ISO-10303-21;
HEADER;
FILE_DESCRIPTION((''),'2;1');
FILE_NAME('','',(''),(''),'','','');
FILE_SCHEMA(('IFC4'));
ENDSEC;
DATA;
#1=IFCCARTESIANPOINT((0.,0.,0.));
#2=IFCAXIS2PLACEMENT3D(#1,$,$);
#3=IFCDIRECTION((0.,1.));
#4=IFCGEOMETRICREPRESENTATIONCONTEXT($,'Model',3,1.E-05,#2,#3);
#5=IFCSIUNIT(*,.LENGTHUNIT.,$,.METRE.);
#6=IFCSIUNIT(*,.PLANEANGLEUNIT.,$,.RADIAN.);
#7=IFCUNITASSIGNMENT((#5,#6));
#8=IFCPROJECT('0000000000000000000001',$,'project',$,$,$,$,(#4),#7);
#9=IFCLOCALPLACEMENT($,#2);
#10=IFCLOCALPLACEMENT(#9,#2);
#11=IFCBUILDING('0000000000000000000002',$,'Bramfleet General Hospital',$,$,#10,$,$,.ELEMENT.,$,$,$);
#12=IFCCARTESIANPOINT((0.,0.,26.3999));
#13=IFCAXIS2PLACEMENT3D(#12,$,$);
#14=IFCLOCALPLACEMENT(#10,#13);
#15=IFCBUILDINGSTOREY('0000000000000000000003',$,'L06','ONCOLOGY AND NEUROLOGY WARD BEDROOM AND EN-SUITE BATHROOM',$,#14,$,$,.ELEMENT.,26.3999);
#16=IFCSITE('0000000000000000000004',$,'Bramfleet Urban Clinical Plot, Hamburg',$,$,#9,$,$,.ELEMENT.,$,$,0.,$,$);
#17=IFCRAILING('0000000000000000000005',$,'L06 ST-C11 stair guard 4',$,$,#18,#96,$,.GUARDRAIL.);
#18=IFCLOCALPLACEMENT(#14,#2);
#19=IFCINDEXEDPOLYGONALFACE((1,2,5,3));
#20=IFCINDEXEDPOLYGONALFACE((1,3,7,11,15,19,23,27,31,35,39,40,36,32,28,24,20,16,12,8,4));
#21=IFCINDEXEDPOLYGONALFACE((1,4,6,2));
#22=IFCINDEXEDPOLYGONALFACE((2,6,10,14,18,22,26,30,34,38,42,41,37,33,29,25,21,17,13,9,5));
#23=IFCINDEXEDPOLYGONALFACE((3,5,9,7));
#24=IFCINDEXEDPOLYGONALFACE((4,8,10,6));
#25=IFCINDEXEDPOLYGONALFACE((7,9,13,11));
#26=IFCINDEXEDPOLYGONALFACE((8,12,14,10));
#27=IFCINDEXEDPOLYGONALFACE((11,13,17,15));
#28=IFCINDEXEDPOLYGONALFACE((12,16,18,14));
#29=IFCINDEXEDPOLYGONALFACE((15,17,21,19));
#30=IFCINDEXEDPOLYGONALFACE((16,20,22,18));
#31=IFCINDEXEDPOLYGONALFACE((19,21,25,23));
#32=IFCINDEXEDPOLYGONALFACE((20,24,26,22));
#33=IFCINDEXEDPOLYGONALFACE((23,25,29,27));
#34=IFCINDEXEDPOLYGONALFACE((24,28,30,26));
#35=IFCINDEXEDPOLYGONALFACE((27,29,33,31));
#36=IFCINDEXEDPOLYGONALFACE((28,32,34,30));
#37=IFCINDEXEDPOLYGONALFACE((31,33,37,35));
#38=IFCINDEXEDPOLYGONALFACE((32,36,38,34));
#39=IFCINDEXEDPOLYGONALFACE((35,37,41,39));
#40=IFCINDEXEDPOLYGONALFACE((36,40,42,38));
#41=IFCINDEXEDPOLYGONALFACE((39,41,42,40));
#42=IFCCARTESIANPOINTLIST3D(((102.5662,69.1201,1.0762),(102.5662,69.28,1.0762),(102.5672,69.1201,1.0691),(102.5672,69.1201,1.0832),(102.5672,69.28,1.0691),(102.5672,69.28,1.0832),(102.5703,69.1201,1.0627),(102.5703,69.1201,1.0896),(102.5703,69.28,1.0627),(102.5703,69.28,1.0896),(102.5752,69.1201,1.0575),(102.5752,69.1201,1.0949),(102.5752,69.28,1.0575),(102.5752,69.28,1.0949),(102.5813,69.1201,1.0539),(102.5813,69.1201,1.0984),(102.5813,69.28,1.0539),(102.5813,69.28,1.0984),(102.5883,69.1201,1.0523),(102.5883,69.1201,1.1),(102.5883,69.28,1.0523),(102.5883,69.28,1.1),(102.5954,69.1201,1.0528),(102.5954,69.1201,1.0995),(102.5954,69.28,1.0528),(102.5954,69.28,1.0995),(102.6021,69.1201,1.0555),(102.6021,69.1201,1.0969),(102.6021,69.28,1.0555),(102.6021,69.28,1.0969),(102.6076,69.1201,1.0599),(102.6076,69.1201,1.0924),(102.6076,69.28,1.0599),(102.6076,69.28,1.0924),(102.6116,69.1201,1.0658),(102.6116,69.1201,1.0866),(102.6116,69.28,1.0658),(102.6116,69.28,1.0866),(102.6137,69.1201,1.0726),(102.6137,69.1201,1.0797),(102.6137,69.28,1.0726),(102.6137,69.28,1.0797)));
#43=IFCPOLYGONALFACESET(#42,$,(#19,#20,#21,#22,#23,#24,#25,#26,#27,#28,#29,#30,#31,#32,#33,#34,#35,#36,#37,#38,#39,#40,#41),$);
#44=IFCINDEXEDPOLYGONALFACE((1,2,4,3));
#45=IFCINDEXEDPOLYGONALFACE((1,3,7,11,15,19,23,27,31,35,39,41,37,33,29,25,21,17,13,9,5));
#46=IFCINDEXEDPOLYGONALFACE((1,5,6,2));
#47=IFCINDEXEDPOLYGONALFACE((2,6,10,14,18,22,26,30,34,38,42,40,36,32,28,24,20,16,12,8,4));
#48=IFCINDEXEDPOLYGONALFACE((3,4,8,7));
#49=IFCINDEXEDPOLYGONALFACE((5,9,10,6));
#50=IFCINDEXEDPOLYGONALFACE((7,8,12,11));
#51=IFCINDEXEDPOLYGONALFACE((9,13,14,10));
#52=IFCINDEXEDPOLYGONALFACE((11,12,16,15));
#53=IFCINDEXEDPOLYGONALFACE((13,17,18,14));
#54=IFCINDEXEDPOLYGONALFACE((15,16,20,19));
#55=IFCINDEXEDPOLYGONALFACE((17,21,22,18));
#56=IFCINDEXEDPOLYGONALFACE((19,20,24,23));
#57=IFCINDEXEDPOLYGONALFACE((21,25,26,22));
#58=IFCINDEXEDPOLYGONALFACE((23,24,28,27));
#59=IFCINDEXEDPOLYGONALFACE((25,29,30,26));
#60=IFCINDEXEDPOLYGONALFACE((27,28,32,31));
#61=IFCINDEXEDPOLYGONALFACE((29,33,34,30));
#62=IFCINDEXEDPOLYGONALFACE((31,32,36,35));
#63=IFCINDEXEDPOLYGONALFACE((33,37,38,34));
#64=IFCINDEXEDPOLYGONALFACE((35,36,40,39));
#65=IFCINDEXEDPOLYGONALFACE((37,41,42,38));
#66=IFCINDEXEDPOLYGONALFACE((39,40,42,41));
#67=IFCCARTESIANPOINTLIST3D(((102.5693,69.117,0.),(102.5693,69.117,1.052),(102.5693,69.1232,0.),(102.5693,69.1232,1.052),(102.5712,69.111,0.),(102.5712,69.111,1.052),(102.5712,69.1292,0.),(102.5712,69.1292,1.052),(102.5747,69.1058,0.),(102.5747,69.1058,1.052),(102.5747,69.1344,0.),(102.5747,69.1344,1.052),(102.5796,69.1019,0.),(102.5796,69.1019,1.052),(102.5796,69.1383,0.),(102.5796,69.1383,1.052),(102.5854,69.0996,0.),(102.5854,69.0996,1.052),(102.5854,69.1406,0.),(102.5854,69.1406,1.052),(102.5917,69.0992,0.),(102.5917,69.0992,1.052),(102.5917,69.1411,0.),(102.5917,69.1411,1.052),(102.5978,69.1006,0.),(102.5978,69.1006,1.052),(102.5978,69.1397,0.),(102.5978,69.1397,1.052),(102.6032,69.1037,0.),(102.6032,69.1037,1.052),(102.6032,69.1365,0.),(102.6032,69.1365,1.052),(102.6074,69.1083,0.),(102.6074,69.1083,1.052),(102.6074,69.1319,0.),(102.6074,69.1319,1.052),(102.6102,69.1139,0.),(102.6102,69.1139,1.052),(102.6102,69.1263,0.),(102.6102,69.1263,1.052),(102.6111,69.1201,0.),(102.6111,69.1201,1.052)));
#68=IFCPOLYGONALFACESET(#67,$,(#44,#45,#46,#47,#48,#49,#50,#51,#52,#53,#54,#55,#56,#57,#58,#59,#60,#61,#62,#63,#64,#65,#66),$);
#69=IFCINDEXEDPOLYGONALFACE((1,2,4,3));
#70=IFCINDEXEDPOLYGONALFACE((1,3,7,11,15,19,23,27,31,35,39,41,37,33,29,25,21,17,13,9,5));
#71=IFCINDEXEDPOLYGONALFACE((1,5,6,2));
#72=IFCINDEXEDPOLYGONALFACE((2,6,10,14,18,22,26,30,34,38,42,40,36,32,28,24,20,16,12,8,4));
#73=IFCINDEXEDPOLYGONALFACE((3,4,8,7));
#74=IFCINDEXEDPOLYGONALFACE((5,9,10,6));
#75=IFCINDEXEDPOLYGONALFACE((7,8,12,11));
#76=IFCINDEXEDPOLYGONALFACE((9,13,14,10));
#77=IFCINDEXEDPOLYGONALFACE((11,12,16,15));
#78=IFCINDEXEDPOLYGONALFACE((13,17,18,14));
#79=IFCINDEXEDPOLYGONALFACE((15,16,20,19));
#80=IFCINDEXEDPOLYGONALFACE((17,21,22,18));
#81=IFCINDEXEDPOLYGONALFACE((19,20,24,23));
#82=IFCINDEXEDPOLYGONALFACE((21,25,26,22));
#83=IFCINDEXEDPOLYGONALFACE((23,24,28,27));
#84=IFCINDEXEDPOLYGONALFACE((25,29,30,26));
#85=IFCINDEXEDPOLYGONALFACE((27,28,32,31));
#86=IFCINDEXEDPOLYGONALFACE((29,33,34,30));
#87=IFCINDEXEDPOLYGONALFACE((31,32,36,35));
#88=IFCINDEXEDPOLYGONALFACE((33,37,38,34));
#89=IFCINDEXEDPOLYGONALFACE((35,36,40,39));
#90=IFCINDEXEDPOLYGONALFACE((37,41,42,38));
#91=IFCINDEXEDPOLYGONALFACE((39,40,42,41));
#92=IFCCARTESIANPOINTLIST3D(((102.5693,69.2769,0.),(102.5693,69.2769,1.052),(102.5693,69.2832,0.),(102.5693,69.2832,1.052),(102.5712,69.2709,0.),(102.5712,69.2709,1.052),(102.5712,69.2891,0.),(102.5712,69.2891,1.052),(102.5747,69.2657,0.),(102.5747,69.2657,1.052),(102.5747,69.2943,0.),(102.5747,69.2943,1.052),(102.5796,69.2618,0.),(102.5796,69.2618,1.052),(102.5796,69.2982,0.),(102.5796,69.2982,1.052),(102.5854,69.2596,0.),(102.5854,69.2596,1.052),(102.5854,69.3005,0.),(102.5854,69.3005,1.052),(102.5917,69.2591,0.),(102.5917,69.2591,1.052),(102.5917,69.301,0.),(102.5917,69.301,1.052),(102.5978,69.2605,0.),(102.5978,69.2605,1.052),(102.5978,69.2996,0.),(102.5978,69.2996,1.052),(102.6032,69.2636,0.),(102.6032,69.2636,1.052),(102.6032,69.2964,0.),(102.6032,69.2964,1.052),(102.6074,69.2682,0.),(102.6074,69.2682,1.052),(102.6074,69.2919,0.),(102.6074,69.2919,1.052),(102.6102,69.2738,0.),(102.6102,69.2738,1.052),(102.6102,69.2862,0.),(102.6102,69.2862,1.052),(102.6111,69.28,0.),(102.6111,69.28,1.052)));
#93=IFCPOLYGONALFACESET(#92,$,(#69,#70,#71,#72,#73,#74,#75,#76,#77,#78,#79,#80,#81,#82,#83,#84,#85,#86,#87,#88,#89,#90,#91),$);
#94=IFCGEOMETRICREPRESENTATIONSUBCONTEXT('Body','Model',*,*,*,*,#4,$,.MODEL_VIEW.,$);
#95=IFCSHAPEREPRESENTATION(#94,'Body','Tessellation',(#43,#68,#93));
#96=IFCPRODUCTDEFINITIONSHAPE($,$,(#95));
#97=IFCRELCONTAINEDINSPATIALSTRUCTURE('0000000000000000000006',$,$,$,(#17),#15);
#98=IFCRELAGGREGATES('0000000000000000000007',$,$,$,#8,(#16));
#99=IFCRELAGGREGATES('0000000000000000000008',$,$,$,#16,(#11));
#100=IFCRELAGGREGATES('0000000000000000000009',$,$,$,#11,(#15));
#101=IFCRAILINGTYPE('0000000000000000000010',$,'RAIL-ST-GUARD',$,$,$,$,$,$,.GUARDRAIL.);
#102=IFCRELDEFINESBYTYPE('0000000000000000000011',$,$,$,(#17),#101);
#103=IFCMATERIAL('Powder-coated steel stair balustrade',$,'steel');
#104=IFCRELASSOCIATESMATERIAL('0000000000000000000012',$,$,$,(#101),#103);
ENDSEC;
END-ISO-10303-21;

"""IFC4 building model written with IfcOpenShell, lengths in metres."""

from ifc_helpers import new_model, si_unit, direction, frame, origin, origin_2d, place, context, subcontext, project, spatial, circle, extrude, material, type_object, element, save


model = new_model("IFC4")

# Units and contexts
model_context = context("Model", 3, precision=1e-05, world=origin(), true_north=direction((0.0, 1.0)))
body_context = subcontext(model_context, "Body", "Model", "MODEL_VIEW")
ifc_project = project(units=[si_unit("LENGTHUNIT", "METRE"), si_unit("PLANEANGLEUNIT", "RADIAN")], contexts=[model_context])

# Site, building, storey
site_placement = place(None, origin())
site = spatial("IfcSite", under=ifc_project, at=site_placement, Name="Bramfleet Urban Clinical Plot, Hamburg", CompositionType="ELEMENT", RefElevation=0.0)
building_placement = place(site_placement, origin())
building = spatial("IfcBuilding", under=site, at=building_placement, Name="Bramfleet General Hospital", CompositionType="ELEMENT")
storey_placement = place(building_placement, frame((0.0, 0.0, 26.3999)))
storey = spatial("IfcBuildingStorey", under=building, at=storey_placement, Name="L06", Description="ONCOLOGY AND NEUROLOGY WARD BEDROOM AND EN-SUITE BATHROOM", CompositionType="ELEMENT", Elevation=26.3999)

# Railing
ifc_material_1 = material(Name="Powder-coated steel stair balustrade", Category="steel")
railing_type_1 = type_object("IfcRailingType", Name="RAIL-ST-GUARD", PredefinedType="GUARDRAIL", material=ifc_material_1)
railing_1_placement = place(storey_placement, frame((102.5901, 69.1201, 0.0)))
element("IfcRailing", 1, at=railing_1_placement, inside=storey, type_object=railing_type_1, Name="L06 ST-C11 stair guard 4", PredefinedType="GUARDRAIL", context=body_context, shape_type="SweptSolid", body=[
    extrude(circle(Radius=0.0239, at=origin_2d()), frame((0.0, 0.0, 1.0762), z_axis=(0.0, 1.0, 0.0), x_axis=(-1.0, 0.0, 0.0)), (0.0, 0.0, 1.0), 0.1599),
    extrude(circle(Radius=0.021, at=origin_2d()), origin(), (0.0, 0.0, 1.0), 1.052),
    extrude(circle(Radius=0.021, at=origin_2d()), frame((0.0, 0.1599, 0.0)), (0.0, 0.0, 1.0), 1.052),
])

save(model, "model.ifc")
